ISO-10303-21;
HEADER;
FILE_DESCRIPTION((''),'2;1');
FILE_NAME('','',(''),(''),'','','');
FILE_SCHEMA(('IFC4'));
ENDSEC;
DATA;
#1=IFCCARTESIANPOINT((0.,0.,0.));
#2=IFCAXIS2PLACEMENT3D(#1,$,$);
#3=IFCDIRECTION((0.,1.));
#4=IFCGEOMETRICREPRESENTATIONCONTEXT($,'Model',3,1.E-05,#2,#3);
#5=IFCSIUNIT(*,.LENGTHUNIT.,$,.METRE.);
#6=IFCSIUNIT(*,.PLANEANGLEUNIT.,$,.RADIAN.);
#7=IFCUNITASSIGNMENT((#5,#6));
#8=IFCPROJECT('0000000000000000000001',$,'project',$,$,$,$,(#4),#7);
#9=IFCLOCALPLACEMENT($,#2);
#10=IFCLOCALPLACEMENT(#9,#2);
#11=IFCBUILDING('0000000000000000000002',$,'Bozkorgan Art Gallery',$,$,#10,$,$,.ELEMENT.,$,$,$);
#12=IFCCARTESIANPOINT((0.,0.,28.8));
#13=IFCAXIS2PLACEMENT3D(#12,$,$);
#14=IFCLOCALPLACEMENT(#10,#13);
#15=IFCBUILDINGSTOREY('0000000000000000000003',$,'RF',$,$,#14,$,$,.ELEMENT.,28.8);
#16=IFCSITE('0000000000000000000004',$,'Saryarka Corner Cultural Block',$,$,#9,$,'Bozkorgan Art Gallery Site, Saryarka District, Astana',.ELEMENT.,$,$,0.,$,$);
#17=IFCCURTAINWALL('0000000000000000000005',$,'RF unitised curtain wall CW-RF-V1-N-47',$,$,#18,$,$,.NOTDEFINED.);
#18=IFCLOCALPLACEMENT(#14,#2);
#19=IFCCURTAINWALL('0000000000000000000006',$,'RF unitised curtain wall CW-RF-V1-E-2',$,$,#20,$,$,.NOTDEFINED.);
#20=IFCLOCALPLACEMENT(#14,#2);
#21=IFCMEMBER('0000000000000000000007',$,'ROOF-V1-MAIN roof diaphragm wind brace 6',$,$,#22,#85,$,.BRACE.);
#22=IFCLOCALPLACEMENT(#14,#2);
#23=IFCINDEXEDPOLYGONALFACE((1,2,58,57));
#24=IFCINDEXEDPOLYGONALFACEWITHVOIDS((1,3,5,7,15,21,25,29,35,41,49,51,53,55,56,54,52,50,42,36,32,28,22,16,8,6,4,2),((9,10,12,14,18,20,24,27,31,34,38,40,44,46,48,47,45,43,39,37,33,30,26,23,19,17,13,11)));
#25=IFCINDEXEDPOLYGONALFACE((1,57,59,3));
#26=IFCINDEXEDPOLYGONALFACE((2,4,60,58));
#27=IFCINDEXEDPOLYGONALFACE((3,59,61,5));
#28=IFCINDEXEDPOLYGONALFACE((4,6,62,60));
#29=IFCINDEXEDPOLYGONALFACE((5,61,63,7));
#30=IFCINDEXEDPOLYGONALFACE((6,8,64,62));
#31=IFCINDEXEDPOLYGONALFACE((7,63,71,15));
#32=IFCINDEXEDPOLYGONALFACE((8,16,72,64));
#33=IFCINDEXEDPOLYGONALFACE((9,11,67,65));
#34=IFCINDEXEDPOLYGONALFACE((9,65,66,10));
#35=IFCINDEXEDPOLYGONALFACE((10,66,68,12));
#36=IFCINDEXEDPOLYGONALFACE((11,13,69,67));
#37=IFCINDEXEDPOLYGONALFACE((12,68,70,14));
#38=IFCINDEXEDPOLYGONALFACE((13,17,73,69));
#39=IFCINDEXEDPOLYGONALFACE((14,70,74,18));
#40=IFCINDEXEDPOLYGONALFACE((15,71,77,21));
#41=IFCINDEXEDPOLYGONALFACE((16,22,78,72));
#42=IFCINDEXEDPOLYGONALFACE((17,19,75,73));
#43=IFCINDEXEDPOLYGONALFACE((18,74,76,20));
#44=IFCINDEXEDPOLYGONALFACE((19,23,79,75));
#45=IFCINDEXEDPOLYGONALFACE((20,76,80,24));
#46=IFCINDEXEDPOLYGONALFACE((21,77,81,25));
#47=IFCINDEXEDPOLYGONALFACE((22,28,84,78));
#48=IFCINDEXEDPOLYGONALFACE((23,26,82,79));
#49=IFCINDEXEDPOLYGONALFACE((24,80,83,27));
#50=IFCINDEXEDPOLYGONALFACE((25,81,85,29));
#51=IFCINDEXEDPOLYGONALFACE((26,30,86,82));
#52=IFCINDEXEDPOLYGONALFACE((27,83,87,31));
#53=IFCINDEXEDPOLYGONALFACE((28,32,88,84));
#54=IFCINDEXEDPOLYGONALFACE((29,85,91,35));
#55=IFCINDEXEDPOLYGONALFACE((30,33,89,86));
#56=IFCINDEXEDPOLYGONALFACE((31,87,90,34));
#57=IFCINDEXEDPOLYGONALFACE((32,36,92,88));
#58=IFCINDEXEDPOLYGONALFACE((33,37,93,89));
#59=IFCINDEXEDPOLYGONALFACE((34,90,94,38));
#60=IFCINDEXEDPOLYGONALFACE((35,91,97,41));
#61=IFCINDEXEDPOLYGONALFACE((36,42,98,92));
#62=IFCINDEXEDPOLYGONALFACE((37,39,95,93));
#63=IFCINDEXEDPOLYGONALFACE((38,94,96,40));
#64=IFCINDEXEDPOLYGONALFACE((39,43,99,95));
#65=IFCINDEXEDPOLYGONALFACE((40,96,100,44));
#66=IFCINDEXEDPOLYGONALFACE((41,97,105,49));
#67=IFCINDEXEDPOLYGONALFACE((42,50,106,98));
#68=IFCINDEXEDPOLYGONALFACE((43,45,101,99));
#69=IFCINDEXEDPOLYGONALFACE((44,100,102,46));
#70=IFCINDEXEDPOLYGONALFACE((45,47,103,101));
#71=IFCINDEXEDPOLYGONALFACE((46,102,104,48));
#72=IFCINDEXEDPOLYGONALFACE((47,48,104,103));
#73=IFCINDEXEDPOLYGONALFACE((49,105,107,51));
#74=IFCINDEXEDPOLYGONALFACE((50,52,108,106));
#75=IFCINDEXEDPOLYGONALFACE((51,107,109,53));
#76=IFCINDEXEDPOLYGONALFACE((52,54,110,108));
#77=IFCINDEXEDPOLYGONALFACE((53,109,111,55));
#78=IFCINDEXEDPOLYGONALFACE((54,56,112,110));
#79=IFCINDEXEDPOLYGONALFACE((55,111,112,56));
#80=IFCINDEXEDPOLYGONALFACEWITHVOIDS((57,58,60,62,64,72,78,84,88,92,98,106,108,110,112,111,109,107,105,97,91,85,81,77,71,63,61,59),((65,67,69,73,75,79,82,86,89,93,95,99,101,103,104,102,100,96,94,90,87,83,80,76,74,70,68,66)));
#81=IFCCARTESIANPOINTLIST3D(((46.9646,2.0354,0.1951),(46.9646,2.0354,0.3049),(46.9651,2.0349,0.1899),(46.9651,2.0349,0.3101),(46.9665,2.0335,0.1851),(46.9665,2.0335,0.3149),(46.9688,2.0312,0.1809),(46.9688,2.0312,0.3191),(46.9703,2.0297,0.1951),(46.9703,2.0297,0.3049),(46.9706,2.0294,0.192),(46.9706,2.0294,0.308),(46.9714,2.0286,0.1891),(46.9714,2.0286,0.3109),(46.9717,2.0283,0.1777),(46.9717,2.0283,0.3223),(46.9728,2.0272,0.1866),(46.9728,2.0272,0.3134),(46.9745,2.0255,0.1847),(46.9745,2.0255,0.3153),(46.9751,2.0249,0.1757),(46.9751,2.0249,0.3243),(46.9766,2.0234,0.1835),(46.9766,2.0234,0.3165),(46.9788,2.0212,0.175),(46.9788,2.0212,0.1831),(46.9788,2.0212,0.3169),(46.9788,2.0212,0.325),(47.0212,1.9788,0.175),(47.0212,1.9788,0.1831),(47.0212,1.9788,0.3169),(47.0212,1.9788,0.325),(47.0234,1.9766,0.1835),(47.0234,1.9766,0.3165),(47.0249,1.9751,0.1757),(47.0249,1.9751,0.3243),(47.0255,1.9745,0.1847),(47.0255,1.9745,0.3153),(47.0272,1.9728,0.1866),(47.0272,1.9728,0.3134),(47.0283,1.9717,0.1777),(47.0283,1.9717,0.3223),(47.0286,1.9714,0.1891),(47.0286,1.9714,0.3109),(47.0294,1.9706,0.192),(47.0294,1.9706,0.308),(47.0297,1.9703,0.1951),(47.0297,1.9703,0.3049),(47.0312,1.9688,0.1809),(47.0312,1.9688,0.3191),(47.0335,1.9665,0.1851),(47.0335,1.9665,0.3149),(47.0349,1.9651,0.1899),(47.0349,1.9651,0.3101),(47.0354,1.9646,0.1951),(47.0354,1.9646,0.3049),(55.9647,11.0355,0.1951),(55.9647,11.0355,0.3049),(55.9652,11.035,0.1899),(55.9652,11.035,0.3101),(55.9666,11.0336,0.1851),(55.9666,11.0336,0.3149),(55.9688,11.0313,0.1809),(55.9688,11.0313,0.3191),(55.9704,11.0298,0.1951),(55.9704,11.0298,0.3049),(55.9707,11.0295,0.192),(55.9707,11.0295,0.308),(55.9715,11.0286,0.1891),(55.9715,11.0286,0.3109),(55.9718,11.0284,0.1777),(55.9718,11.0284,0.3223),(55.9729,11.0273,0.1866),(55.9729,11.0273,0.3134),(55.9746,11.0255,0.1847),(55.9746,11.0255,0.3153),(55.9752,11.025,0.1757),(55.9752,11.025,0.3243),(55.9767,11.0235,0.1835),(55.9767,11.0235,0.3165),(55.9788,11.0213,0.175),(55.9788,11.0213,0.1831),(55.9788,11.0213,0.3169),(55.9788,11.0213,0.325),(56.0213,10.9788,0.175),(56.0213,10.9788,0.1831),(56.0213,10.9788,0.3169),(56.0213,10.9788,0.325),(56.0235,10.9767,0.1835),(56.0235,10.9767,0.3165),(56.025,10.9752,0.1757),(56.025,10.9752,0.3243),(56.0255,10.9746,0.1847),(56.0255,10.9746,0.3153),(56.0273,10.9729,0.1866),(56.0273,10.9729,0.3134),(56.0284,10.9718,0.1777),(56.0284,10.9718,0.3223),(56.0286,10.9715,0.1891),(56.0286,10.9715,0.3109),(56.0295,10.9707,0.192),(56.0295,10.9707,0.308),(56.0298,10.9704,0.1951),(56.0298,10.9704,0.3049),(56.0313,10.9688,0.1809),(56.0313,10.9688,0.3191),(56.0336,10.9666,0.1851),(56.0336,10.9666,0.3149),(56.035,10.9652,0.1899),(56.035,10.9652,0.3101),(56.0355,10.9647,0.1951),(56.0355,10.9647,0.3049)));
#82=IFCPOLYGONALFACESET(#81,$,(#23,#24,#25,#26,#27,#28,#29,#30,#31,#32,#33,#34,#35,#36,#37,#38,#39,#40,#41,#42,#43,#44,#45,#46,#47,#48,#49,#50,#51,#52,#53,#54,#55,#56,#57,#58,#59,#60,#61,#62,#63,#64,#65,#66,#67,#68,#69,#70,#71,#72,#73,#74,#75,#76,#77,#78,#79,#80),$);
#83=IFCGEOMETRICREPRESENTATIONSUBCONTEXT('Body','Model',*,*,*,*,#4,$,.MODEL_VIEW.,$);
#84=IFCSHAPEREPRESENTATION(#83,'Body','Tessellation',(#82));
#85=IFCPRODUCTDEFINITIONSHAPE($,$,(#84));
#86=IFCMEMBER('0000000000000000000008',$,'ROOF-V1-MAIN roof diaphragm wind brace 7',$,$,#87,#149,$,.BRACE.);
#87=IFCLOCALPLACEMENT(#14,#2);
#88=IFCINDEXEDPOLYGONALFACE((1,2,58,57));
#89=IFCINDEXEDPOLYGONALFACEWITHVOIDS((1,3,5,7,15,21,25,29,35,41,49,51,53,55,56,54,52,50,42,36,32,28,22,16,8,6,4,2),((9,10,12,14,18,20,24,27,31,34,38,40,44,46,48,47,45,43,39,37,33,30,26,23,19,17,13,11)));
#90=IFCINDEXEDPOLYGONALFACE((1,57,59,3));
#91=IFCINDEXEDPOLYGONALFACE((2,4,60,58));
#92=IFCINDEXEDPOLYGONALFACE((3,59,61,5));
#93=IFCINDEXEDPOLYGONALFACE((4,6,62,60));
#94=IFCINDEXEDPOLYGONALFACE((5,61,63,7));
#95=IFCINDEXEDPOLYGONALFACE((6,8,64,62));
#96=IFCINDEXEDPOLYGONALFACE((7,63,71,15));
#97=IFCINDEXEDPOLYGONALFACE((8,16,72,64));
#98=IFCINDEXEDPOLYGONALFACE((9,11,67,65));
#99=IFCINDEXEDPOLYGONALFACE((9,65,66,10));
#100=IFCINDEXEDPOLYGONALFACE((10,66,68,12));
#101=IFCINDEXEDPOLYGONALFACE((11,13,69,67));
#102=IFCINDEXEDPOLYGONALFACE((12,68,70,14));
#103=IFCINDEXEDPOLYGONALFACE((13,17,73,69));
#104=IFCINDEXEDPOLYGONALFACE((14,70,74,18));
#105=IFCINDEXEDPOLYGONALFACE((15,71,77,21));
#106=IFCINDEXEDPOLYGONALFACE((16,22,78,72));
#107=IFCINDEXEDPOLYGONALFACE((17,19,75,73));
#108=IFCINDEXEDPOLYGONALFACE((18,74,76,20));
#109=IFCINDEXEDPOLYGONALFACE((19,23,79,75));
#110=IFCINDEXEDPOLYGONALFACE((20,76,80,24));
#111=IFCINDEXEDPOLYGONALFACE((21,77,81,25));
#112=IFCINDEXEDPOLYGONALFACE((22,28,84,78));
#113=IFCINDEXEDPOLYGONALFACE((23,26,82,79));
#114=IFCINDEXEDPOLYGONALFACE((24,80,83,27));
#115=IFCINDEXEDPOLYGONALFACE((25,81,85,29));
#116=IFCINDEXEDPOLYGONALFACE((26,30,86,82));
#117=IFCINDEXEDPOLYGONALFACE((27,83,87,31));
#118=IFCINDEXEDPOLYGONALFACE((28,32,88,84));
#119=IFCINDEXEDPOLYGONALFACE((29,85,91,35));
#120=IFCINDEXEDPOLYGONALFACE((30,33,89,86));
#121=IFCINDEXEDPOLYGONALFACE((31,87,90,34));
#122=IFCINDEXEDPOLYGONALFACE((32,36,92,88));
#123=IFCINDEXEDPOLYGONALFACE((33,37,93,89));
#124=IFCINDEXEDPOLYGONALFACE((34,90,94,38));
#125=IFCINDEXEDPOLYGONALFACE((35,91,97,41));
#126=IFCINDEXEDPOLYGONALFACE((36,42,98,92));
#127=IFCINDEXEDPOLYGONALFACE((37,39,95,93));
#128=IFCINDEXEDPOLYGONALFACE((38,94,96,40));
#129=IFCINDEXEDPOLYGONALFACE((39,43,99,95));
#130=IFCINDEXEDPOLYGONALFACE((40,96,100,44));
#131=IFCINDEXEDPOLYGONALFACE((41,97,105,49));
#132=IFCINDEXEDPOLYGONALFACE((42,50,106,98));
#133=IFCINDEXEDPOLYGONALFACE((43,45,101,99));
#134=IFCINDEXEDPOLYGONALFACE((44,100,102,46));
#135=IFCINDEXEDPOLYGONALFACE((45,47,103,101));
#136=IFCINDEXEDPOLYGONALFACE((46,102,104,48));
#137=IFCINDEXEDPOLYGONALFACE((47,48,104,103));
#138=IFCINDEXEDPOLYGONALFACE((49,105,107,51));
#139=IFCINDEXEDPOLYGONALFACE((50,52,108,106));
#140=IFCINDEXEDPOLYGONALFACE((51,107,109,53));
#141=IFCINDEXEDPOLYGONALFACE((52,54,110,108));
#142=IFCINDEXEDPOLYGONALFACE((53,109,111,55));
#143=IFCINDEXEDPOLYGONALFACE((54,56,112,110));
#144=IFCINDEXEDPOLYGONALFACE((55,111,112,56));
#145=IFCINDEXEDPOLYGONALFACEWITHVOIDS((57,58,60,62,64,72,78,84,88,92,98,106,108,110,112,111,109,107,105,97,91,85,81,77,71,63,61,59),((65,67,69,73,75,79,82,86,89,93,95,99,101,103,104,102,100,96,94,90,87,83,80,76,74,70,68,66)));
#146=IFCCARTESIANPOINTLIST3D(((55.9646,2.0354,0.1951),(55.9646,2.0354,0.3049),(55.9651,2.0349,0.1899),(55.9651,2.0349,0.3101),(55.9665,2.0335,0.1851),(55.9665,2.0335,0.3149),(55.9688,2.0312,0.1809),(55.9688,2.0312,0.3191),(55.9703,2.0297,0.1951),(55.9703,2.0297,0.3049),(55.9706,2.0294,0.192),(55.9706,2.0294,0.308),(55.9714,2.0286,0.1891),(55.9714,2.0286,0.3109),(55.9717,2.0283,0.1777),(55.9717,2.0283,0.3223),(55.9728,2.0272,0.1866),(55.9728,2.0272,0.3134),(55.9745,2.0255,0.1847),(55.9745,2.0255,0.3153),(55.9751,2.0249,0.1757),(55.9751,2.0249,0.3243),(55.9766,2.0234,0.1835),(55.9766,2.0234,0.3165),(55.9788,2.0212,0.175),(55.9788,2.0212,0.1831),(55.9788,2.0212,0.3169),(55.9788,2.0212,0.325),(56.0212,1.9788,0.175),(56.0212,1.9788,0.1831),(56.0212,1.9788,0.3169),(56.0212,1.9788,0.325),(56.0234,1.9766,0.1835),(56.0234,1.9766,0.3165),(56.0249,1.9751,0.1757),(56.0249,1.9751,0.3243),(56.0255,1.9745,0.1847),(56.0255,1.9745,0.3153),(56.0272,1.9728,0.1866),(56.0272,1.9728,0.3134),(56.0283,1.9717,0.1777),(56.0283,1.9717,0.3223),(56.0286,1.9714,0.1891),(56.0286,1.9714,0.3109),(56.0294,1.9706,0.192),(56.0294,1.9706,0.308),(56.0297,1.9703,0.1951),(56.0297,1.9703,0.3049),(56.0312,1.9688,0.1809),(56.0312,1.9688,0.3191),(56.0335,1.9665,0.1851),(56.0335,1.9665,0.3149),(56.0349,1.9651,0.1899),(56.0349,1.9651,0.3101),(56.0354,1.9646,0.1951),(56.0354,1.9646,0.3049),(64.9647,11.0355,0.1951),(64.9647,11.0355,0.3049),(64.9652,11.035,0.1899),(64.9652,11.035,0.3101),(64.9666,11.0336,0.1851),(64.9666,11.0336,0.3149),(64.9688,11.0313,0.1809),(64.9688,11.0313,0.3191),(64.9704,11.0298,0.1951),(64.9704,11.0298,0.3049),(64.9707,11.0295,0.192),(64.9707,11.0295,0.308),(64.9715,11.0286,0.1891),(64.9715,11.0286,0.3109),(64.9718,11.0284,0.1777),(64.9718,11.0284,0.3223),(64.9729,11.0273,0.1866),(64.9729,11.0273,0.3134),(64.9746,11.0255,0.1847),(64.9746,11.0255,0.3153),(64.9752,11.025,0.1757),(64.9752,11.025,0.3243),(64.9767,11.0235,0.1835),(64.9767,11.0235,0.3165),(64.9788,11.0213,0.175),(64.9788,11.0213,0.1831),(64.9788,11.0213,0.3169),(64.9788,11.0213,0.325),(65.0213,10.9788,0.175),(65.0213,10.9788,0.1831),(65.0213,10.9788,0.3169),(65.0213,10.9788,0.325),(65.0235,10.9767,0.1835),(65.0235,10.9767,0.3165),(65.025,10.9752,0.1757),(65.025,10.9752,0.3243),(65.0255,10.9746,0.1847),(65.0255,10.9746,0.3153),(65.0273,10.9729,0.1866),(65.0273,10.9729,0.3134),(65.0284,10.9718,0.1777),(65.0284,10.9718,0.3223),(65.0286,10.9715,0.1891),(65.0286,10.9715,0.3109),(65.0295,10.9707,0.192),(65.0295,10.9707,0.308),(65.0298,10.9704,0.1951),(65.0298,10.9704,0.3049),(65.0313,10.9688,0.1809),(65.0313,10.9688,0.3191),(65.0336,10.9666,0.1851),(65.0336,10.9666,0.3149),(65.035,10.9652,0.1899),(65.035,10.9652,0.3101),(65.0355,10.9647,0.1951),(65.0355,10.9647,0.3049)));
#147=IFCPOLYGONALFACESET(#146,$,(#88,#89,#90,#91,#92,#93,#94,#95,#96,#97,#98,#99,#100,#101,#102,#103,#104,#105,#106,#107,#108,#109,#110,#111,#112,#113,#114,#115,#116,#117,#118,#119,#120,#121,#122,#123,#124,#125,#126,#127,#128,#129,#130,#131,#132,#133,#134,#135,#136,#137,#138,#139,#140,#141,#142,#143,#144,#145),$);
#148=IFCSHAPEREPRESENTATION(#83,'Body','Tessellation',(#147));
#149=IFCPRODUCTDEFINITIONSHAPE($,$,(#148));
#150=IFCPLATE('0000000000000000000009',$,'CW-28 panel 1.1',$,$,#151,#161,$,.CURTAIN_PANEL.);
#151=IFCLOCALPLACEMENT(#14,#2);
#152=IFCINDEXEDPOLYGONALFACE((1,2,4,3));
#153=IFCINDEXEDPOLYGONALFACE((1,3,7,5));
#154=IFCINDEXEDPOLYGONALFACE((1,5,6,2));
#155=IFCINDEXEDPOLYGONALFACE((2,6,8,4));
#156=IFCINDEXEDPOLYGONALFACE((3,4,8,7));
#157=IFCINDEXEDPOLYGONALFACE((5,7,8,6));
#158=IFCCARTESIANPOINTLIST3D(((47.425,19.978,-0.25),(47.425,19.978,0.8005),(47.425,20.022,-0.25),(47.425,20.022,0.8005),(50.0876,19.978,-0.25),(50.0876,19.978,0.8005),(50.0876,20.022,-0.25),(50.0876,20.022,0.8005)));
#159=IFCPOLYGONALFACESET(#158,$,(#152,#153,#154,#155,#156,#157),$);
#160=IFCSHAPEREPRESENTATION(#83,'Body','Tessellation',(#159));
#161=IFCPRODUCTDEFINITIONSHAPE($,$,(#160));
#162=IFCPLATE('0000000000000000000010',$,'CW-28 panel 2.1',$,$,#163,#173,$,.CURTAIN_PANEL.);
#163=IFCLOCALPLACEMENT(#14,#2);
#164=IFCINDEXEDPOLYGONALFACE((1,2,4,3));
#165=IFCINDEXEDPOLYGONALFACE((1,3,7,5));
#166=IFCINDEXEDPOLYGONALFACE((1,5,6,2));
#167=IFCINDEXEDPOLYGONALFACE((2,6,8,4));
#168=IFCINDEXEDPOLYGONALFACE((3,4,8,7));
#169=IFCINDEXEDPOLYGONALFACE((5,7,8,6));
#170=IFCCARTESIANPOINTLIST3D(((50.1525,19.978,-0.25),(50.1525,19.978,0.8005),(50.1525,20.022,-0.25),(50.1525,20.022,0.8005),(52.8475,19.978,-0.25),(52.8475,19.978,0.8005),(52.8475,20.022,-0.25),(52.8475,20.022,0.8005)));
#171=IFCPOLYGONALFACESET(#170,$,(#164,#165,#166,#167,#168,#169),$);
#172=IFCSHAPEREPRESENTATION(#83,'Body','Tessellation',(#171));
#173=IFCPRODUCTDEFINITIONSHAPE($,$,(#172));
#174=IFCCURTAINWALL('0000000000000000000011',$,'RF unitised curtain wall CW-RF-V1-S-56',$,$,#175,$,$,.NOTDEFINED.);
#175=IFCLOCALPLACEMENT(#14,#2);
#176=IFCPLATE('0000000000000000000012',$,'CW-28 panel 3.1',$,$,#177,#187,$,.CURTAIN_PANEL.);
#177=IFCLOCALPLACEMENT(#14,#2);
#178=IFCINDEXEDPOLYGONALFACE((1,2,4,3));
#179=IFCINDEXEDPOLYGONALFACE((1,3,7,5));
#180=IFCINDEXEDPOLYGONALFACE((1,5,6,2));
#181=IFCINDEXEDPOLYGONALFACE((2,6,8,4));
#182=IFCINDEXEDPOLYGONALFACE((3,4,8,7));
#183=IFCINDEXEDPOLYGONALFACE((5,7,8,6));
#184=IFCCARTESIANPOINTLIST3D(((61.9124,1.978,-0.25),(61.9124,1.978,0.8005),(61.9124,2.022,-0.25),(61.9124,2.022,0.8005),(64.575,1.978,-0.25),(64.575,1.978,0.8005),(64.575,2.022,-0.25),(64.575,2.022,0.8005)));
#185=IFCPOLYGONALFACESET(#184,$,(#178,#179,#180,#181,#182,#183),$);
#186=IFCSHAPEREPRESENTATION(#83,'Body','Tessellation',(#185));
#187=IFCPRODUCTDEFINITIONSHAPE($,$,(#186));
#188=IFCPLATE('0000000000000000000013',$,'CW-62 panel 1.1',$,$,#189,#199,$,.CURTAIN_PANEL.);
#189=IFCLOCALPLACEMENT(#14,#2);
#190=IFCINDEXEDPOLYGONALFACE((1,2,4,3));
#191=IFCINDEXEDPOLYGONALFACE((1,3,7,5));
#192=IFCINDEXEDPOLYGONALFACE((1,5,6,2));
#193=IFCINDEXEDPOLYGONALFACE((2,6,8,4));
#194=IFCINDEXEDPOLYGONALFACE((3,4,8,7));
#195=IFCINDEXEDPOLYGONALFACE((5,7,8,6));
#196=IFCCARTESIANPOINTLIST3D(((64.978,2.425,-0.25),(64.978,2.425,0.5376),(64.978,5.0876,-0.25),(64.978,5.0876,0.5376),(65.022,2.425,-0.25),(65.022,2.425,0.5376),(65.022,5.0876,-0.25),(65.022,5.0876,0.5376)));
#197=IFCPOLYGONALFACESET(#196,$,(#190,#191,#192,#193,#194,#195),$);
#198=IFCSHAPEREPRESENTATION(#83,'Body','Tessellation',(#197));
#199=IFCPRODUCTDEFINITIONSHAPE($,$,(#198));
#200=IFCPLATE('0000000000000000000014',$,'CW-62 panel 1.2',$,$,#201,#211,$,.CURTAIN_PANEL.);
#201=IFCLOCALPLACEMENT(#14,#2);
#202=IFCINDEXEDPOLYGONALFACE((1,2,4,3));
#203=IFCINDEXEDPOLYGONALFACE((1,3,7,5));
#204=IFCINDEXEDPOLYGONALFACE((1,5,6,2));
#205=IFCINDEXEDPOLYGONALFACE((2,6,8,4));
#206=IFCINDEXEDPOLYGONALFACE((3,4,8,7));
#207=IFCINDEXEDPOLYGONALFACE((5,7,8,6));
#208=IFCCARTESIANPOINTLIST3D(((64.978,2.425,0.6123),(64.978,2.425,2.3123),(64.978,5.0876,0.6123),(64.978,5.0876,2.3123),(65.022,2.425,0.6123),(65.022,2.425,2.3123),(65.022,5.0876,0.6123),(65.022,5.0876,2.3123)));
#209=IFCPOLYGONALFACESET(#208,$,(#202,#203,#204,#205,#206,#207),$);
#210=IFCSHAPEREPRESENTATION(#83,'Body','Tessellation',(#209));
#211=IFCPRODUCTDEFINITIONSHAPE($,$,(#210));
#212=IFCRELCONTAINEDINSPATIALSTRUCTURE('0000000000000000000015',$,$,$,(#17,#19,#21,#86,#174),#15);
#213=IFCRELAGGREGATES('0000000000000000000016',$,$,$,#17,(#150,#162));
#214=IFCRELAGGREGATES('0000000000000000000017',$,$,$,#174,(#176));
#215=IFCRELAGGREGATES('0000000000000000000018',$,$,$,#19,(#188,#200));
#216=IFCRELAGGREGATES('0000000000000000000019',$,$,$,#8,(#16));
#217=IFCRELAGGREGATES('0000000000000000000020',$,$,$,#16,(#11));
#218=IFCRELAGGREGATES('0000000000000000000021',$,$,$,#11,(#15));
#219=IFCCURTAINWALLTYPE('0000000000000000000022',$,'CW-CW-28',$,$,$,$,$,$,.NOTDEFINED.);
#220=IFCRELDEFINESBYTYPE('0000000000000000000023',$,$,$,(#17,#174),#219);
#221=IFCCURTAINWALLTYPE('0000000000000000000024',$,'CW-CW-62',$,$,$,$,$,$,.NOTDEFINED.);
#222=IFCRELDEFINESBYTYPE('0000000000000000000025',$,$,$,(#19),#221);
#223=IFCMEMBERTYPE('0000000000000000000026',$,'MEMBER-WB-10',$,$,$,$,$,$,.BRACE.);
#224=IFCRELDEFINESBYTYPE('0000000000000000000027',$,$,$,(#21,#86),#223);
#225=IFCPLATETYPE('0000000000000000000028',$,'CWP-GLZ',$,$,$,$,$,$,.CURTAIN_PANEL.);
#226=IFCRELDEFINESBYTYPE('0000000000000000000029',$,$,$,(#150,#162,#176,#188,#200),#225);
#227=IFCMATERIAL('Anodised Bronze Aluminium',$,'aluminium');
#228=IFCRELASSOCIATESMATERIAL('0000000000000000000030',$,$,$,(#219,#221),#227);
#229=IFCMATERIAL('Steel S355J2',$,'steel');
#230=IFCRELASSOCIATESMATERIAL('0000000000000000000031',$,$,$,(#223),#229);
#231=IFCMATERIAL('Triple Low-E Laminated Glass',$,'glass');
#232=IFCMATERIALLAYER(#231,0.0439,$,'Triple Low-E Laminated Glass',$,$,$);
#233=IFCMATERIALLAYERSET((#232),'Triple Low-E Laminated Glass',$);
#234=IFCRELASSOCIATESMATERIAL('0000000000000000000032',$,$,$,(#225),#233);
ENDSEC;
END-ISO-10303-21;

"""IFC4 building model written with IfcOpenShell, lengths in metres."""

from ifc_helpers import new_model, si_unit, direction, frame, origin, origin_2d, place, context, subcontext, project, spatial, rectangle, hollow_rectangle, extrude, material, layer, layer_set, material_profile, profile_set, type_object, element, aggregate, save


model = new_model("IFC4")

# Units and contexts
model_context = context("Model", 3, precision=1e-05, world=origin(), true_north=direction((0.0, 1.0)))
body_context = subcontext(model_context, "Body", "Model", "MODEL_VIEW")
ifc_project = project(units=[si_unit("LENGTHUNIT", "METRE"), si_unit("PLANEANGLEUNIT", "RADIAN")], contexts=[model_context])

# Site, building, storey
site_placement = place(None, origin())
site = spatial("IfcSite", under=ifc_project, at=site_placement, Name="Saryarka Corner Cultural Block", LongName="Bozkorgan Art Gallery Site, Saryarka District, Astana", CompositionType="ELEMENT", RefElevation=0.0)
building_placement = place(site_placement, origin())
building = spatial("IfcBuilding", under=site, at=building_placement, Name="Bozkorgan Art Gallery", CompositionType="ELEMENT")
storey_placement = place(building_placement, frame((0.0, 0.0, 28.8)))
storey = spatial("IfcBuildingStorey", under=building, at=storey_placement, Name="RF", CompositionType="ELEMENT", Elevation=28.8)

# Curtain wall
ifc_material_1 = material(Name="Anodised Bronze Aluminium", Category="aluminium")
curtain_wall_type_1 = type_object("IfcCurtainWallType", Name="CW-CW-28", PredefinedType="NOTDEFINED", material=ifc_material_1)
curtain_wall_1_placement = place(storey_placement, origin())
curtain_wall_1 = element("IfcCurtainWall", 1, at=curtain_wall_1_placement, inside=storey, type_object=curtain_wall_type_1, Name="RF unitised curtain wall CW-RF-V1-N-47", PredefinedType="NOTDEFINED")

# Curtain wall
curtain_wall_type_2 = type_object("IfcCurtainWallType", Name="CW-CW-62", PredefinedType="NOTDEFINED", material=ifc_material_1)
curtain_wall_2_placement = place(storey_placement, origin())
curtain_wall_2 = element("IfcCurtainWall", 2, at=curtain_wall_2_placement, inside=storey, type_object=curtain_wall_type_2, Name="RF unitised curtain wall CW-RF-V1-E-2", PredefinedType="NOTDEFINED")

# Members
ifc_material_2 = material(Name="Steel S355J2", Category="steel")
ifc_material_profile_1 = material_profile(ifc_material_2, hollow_rectangle(XDim=0.1001, YDim=0.1499, WallThickness=0.0081, InnerFilletRadius=0.012, OuterFilletRadius=0.02, at=origin_2d()), Name="RHS 150x100x8")
ifc_profile_set_1 = profile_set([ifc_material_profile_1], Name="Steel S355J2")
member_type_1 = type_object("IfcMemberType", Name="MEMBER-WB-10", PredefinedType="BRACE", material=ifc_profile_set_1)
for number, where, z_axis, x_axis, name in (
    (3, (47.0, 2.0, 0.25), (0.707107, 0.707107, 0.0), (-0.707107, 0.707107, 0.0), "ROOF-V1-MAIN roof diaphragm wind brace 6"),
    (4, (56.0, 2.0, 0.25), (0.707107, 0.707107, 0.0), (-0.707107, 0.707107, 0.0), "ROOF-V1-MAIN roof diaphragm wind brace 7"),
):
    element("IfcMember", number, at=place(storey_placement, frame(where, z_axis=z_axis, x_axis=x_axis)), inside=storey, type_object=member_type_1, Name=name, PredefinedType="BRACE", context=body_context, shape_type="SweptSolid", body=[
        extrude(hollow_rectangle(XDim=0.1001, YDim=0.1499, WallThickness=0.0081, InnerFilletRadius=0.012, OuterFilletRadius=0.02, at=origin_2d()), origin(), (0.0, 0.0, 1.0), 12.728),
    ])

# Plates
ifc_material_3 = material(Name="Triple Low-E Laminated Glass", Category="glass")
ifc_layer_1 = layer(ifc_material_3, 0.0439, Name="Triple Low-E Laminated Glass")
ifc_layer_set_1 = layer_set([ifc_layer_1], Name="Triple Low-E Laminated Glass")
plate_type_1 = type_object("IfcPlateType", Name="CWP-GLZ", PredefinedType="CURTAIN_PANEL", material=ifc_layer_set_1)
plate_1_placement = place(storey_placement, frame((48.7563, 20.0, -0.25), z_axis=(0.0, 0.0, 1.0), x_axis=(1.0, 0.0, 0.0)))
plate_1 = element("IfcPlate", 5, at=plate_1_placement, type_object=plate_type_1, Name="CW-28 panel 1.1", PredefinedType="CURTAIN_PANEL", context=body_context, shape_type="SweptSolid", body=[
    extrude(rectangle(XDim=2.6626, YDim=0.0439, at=origin_2d()), origin(), (0.0, 0.0, 1.0), 1.0505),
])
plate_2_placement = place(storey_placement, frame((51.5, 20.0, -0.25), z_axis=(0.0, 0.0, 1.0), x_axis=(1.0, 0.0, 0.0)))
plate_2 = element("IfcPlate", 6, at=plate_2_placement, type_object=plate_type_1, Name="CW-28 panel 2.1", PredefinedType="CURTAIN_PANEL", context=body_context, shape_type="SweptSolid", body=[
    extrude(rectangle(XDim=2.6951, YDim=0.0439, at=origin_2d()), origin(), (0.0, 0.0, 1.0), 1.0505),
])
aggregate(curtain_wall_1, [plate_1, plate_2])

# Curtain wall, plate
curtain_wall_3_placement = place(storey_placement, origin())
curtain_wall_3 = element("IfcCurtainWall", 7, at=curtain_wall_3_placement, inside=storey, type_object=curtain_wall_type_1, Name="RF unitised curtain wall CW-RF-V1-S-56", PredefinedType="NOTDEFINED")
plate_3_placement = place(storey_placement, frame((63.2437, 2.0, -0.25), z_axis=(0.0, 0.0, 1.0), x_axis=(1.0, 0.0, 0.0)))
plate_3 = element("IfcPlate", 8, at=plate_3_placement, type_object=plate_type_1, Name="CW-28 panel 3.1", PredefinedType="CURTAIN_PANEL", context=body_context, shape_type="SweptSolid", body=[
    extrude(rectangle(XDim=2.6626, YDim=0.0439, at=origin_2d()), origin(), (0.0, 0.0, 1.0), 1.0505),
])
aggregate(curtain_wall_3, [plate_3])

# Plates
plate_4_placement = place(storey_placement, frame((65.0, 3.7563, -0.25), z_axis=(0.0, 0.0, 1.0), x_axis=(0.0, 1.0, 0.0)))
plate_4 = element("IfcPlate", 9, at=plate_4_placement, type_object=plate_type_1, Name="CW-62 panel 1.1", PredefinedType="CURTAIN_PANEL", context=body_context, shape_type="SweptSolid", body=[
    extrude(rectangle(XDim=2.6626, YDim=0.0439, at=origin_2d()), origin(), (0.0, 0.0, 1.0), 0.7876),
])
plate_5_placement = place(storey_placement, frame((65.0, 3.7563, 0.6123), z_axis=(0.0, 0.0, 1.0), x_axis=(0.0, 1.0, 0.0)))
plate_5 = element("IfcPlate", 10, at=plate_5_placement, type_object=plate_type_1, Name="CW-62 panel 1.2", PredefinedType="CURTAIN_PANEL", context=body_context, shape_type="SweptSolid", body=[
    extrude(rectangle(XDim=2.6626, YDim=0.0439, at=origin_2d()), origin(), (0.0, 0.0, 1.0), 1.7),
])
aggregate(curtain_wall_2, [plate_4, plate_5])

save(model, "model.ifc")
